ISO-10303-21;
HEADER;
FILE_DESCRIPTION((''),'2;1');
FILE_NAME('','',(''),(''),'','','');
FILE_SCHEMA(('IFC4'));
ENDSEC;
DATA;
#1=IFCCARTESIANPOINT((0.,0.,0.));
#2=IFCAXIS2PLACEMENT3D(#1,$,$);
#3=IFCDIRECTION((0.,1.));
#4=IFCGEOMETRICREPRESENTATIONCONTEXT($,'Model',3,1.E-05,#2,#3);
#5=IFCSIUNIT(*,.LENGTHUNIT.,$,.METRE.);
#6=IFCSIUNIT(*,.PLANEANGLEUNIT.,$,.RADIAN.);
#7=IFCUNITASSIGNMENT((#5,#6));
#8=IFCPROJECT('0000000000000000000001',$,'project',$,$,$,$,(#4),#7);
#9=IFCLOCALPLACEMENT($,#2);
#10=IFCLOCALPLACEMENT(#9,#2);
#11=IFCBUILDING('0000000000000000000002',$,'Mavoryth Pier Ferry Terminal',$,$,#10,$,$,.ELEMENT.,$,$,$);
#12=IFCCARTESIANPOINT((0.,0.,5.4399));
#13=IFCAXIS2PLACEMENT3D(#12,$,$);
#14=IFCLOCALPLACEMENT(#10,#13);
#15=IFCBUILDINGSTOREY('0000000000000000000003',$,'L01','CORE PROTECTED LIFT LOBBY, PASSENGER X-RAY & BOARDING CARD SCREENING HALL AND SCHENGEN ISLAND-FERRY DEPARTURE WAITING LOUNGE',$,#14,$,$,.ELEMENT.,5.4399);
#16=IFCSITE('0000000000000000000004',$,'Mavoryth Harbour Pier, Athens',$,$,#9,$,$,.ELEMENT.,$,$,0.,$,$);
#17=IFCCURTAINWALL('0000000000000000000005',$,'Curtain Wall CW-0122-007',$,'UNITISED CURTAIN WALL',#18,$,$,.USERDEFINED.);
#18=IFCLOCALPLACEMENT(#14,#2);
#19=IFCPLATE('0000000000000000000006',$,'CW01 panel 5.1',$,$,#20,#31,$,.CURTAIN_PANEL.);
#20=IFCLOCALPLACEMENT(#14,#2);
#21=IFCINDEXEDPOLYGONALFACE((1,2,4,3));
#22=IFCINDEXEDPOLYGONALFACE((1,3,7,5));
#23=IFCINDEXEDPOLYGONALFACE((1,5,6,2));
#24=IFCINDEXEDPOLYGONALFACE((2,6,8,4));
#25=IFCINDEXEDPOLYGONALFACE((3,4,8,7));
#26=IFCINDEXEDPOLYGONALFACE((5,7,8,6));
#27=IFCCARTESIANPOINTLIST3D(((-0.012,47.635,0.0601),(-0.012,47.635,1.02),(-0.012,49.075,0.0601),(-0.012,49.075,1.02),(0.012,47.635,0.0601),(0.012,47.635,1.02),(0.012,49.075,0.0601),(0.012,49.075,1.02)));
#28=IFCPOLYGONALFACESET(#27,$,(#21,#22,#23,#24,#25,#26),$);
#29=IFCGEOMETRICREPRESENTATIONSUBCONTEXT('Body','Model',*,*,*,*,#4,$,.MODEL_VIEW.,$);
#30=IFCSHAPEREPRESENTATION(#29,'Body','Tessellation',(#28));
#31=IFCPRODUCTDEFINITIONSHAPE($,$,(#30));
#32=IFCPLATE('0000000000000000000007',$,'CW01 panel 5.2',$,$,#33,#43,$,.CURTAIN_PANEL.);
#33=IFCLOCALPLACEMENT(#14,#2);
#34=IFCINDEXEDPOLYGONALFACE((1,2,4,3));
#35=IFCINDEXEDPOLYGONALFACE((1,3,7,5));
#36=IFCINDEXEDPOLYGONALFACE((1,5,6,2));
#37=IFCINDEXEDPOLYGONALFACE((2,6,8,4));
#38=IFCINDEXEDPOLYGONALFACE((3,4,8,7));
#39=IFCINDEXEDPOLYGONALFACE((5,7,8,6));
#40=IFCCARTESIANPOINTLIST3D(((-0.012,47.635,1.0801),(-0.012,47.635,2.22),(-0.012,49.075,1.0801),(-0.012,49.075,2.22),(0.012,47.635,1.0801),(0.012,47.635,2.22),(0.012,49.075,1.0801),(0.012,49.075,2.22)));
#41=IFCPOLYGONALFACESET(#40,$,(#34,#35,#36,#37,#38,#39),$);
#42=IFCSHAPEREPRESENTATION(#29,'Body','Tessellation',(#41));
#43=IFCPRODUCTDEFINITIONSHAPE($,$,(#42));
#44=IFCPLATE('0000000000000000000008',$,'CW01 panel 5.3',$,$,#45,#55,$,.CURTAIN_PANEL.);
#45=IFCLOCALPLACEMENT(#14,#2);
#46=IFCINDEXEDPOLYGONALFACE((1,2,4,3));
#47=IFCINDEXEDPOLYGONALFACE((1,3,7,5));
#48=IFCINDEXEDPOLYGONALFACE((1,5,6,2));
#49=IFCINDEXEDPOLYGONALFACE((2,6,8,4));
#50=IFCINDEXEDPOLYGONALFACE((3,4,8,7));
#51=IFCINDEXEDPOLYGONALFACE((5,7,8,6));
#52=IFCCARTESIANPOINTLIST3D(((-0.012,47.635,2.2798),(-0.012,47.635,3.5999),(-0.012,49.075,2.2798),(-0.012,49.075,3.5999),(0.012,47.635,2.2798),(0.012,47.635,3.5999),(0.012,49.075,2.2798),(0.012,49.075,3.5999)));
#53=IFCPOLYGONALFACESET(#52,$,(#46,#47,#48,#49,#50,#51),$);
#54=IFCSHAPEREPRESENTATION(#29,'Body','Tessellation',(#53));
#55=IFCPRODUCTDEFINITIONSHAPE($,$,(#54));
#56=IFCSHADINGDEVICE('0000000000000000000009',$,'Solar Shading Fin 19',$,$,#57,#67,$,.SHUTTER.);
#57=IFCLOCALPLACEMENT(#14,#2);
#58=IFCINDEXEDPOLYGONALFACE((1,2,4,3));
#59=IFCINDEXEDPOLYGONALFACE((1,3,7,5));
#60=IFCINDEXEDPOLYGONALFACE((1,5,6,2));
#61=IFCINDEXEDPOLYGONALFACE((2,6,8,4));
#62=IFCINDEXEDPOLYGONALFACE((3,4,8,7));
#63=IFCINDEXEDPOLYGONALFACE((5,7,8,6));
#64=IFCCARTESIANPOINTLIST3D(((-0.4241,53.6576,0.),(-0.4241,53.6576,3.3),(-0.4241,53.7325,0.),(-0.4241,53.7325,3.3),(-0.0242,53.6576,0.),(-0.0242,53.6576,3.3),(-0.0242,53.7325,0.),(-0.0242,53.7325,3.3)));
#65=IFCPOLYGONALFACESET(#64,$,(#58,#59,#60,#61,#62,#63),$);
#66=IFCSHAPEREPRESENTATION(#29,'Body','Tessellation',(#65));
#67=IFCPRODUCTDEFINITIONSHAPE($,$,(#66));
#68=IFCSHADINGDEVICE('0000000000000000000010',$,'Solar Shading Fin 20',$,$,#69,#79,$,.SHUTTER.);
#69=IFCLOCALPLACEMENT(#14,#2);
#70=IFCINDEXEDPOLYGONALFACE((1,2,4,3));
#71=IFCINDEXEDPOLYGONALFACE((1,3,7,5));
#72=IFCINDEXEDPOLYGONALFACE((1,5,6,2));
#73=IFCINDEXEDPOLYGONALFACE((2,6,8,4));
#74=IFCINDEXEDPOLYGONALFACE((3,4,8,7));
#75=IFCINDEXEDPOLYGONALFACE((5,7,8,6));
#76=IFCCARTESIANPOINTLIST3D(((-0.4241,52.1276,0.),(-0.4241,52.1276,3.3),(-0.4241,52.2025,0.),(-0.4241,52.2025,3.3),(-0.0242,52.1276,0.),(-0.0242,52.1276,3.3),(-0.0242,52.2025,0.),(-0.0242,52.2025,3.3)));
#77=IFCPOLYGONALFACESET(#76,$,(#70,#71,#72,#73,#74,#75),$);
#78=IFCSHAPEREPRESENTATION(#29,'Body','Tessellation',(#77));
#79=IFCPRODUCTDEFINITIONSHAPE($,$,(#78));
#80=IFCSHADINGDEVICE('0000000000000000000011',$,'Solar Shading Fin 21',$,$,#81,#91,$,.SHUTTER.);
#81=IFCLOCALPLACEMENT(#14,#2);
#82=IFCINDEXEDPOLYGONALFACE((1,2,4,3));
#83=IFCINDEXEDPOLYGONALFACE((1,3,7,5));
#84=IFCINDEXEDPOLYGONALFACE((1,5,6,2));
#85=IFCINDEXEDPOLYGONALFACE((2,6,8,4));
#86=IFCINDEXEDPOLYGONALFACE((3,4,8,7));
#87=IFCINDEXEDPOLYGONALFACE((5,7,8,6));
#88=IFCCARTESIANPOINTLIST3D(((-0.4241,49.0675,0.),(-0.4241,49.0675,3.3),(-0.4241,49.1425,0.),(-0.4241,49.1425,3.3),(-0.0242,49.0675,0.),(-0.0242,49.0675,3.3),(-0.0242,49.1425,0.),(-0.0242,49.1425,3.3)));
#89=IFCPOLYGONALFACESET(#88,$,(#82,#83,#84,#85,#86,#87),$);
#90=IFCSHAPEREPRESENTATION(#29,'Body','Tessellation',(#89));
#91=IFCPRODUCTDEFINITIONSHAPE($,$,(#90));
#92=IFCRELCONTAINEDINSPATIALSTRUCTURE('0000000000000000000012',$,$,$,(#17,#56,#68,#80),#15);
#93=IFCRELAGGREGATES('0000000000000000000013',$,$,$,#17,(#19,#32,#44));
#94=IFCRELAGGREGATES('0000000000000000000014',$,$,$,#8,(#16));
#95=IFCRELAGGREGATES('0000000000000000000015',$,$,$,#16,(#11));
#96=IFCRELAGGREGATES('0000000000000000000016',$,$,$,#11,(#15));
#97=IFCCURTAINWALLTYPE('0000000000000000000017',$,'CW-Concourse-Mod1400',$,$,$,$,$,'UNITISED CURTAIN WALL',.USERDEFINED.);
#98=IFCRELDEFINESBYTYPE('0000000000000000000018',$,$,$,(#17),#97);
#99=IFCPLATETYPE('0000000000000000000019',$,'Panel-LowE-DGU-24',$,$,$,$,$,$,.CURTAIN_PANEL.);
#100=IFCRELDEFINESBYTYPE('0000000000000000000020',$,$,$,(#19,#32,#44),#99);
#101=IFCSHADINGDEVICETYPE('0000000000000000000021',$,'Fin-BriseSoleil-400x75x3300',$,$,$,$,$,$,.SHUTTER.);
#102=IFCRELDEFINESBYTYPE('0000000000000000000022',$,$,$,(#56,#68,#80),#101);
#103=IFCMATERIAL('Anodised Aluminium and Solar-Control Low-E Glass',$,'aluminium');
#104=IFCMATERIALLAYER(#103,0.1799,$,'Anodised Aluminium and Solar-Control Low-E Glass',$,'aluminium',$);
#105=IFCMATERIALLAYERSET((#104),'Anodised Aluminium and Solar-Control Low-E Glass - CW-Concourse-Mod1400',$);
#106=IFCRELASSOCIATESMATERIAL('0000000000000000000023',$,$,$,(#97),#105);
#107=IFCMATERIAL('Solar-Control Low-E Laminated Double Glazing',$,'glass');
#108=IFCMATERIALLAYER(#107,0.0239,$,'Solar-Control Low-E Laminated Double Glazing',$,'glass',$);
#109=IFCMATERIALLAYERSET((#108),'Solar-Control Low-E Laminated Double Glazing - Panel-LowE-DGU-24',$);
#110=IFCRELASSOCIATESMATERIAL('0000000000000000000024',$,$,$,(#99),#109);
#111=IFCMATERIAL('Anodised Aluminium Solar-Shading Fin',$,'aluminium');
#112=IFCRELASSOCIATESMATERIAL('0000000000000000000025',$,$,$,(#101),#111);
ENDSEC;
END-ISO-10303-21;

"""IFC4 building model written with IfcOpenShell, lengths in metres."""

from ifc_helpers import new_model, si_unit, direction, frame, origin, origin_2d, place, context, subcontext, project, spatial, rectangle, extrude, material, layer, layer_set, type_object, element, aggregate, save


model = new_model("IFC4")

# Units and contexts
model_context = context("Model", 3, precision=1e-05, world=origin(), true_north=direction((0.0, 1.0)))
body_context = subcontext(model_context, "Body", "Model", "MODEL_VIEW")
ifc_project = project(units=[si_unit("LENGTHUNIT", "METRE"), si_unit("PLANEANGLEUNIT", "RADIAN")], contexts=[model_context])

# Site, building, storey
site_placement = place(None, origin())
site = spatial("IfcSite", under=ifc_project, at=site_placement, Name="Mavoryth Harbour Pier, Athens", CompositionType="ELEMENT", RefElevation=0.0)
building_placement = place(site_placement, origin())
building = spatial("IfcBuilding", under=site, at=building_placement, Name="Mavoryth Pier Ferry Terminal", CompositionType="ELEMENT")
storey_placement = place(building_placement, frame((0.0, 0.0, 5.4399)))
storey = spatial("IfcBuildingStorey", under=building, at=storey_placement, Name="L01", Description="CORE PROTECTED LIFT LOBBY, PASSENGER X-RAY & BOARDING CARD SCREENING HALL AND SCHENGEN ISLAND-FERRY DEPARTURE WAITING LOUNGE", CompositionType="ELEMENT", Elevation=5.4399)

# Curtain wall
ifc_material_1 = material(Name="Anodised Aluminium and Solar-Control Low-E Glass", Category="aluminium")
ifc_layer_1 = layer(ifc_material_1, 0.1799, Name="Anodised Aluminium and Solar-Control Low-E Glass", Category="aluminium")
ifc_layer_set_1 = layer_set([ifc_layer_1], Name="Anodised Aluminium and Solar-Control Low-E Glass - CW-Concourse-Mod1400")
curtain_wall_type = type_object("IfcCurtainWallType", Name="CW-Concourse-Mod1400", ElementType="UNITISED CURTAIN WALL", PredefinedType="USERDEFINED", material=ifc_layer_set_1)
curtain_wall_placement = place(storey_placement, origin())
curtain_wall = element("IfcCurtainWall", 1, at=curtain_wall_placement, inside=storey, type_object=curtain_wall_type, Name="Curtain Wall CW-0122-007", ObjectType="UNITISED CURTAIN WALL", PredefinedType="USERDEFINED")

# Plates
ifc_material_2 = material(Name="Solar-Control Low-E Laminated Double Glazing", Category="glass")
ifc_layer_2 = layer(ifc_material_2, 0.0239, Name="Solar-Control Low-E Laminated Double Glazing", Category="glass")
ifc_layer_set_2 = layer_set([ifc_layer_2], Name="Solar-Control Low-E Laminated Double Glazing - Panel-LowE-DGU-24")
plate_type = type_object("IfcPlateType", Name="Panel-LowE-DGU-24", PredefinedType="CURTAIN_PANEL", material=ifc_layer_set_2)
plate_1_placement = place(storey_placement, frame((0.0, 48.355, 0.0601), z_axis=(0.0, 0.0, 1.0), x_axis=(0.0, -1.0, 0.0)))
plate_1 = element("IfcPlate", 2, at=plate_1_placement, type_object=plate_type, Name="CW01 panel 5.1", PredefinedType="CURTAIN_PANEL", context=body_context, shape_type="SweptSolid", body=[
    extrude(rectangle(XDim=1.4399, YDim=0.0239, at=origin_2d()), origin(), (0.0, 0.0, 1.0), 0.96),
])
plate_2_placement = place(storey_placement, frame((0.0, 48.355, 1.0801), z_axis=(0.0, 0.0, 1.0), x_axis=(0.0, -1.0, 0.0)))
plate_2 = element("IfcPlate", 3, at=plate_2_placement, type_object=plate_type, Name="CW01 panel 5.2", PredefinedType="CURTAIN_PANEL", context=body_context, shape_type="SweptSolid", body=[
    extrude(rectangle(XDim=1.4399, YDim=0.0239, at=origin_2d()), origin(), (0.0, 0.0, 1.0), 1.1399),
])
plate_3_placement = place(storey_placement, frame((0.0, 48.355, 2.2798), z_axis=(0.0, 0.0, 1.0), x_axis=(0.0, -1.0, 0.0)))
plate_3 = element("IfcPlate", 4, at=plate_3_placement, type_object=plate_type, Name="CW01 panel 5.3", PredefinedType="CURTAIN_PANEL", context=body_context, shape_type="SweptSolid", body=[
    extrude(rectangle(XDim=1.4399, YDim=0.0239, at=origin_2d()), origin(), (0.0, 0.0, 1.0), 1.3201),
])
aggregate(curtain_wall, [plate_1, plate_2, plate_3])

# Shading devices
ifc_material_3 = material(Name="Anodised Aluminium Solar-Shading Fin", Category="aluminium")
shading_device_type = type_object("IfcShadingDeviceType", Name="Fin-BriseSoleil-400x75x3300", PredefinedType="SHUTTER", material=ifc_material_3)
for number, where, z_axis, x_axis, name in (
    (5, (-0.2241, 53.6951, 0.0), (0.0, 0.0, 1.0), (0.0, -1.0, 0.0), "Solar Shading Fin 19"),
    (6, (-0.2241, 52.165, 0.0), (0.0, 0.0, 1.0), (0.0, -1.0, 0.0), "Solar Shading Fin 20"),
    (7, (-0.2241, 49.105, 0.0), (0.0, 0.0, 1.0), (0.0, -1.0, 0.0), "Solar Shading Fin 21"),
):
    element("IfcShadingDevice", number, at=place(storey_placement, frame(where, z_axis=z_axis, x_axis=x_axis)), inside=storey, type_object=shading_device_type, Name=name, PredefinedType="SHUTTER", context=body_context, shape_type="SweptSolid", body=[
        extrude(rectangle(XDim=0.075, YDim=0.3999, at=origin_2d()), origin(), (0.0, 0.0, 1.0), 3.3),
    ])

save(model, "model.ifc")
